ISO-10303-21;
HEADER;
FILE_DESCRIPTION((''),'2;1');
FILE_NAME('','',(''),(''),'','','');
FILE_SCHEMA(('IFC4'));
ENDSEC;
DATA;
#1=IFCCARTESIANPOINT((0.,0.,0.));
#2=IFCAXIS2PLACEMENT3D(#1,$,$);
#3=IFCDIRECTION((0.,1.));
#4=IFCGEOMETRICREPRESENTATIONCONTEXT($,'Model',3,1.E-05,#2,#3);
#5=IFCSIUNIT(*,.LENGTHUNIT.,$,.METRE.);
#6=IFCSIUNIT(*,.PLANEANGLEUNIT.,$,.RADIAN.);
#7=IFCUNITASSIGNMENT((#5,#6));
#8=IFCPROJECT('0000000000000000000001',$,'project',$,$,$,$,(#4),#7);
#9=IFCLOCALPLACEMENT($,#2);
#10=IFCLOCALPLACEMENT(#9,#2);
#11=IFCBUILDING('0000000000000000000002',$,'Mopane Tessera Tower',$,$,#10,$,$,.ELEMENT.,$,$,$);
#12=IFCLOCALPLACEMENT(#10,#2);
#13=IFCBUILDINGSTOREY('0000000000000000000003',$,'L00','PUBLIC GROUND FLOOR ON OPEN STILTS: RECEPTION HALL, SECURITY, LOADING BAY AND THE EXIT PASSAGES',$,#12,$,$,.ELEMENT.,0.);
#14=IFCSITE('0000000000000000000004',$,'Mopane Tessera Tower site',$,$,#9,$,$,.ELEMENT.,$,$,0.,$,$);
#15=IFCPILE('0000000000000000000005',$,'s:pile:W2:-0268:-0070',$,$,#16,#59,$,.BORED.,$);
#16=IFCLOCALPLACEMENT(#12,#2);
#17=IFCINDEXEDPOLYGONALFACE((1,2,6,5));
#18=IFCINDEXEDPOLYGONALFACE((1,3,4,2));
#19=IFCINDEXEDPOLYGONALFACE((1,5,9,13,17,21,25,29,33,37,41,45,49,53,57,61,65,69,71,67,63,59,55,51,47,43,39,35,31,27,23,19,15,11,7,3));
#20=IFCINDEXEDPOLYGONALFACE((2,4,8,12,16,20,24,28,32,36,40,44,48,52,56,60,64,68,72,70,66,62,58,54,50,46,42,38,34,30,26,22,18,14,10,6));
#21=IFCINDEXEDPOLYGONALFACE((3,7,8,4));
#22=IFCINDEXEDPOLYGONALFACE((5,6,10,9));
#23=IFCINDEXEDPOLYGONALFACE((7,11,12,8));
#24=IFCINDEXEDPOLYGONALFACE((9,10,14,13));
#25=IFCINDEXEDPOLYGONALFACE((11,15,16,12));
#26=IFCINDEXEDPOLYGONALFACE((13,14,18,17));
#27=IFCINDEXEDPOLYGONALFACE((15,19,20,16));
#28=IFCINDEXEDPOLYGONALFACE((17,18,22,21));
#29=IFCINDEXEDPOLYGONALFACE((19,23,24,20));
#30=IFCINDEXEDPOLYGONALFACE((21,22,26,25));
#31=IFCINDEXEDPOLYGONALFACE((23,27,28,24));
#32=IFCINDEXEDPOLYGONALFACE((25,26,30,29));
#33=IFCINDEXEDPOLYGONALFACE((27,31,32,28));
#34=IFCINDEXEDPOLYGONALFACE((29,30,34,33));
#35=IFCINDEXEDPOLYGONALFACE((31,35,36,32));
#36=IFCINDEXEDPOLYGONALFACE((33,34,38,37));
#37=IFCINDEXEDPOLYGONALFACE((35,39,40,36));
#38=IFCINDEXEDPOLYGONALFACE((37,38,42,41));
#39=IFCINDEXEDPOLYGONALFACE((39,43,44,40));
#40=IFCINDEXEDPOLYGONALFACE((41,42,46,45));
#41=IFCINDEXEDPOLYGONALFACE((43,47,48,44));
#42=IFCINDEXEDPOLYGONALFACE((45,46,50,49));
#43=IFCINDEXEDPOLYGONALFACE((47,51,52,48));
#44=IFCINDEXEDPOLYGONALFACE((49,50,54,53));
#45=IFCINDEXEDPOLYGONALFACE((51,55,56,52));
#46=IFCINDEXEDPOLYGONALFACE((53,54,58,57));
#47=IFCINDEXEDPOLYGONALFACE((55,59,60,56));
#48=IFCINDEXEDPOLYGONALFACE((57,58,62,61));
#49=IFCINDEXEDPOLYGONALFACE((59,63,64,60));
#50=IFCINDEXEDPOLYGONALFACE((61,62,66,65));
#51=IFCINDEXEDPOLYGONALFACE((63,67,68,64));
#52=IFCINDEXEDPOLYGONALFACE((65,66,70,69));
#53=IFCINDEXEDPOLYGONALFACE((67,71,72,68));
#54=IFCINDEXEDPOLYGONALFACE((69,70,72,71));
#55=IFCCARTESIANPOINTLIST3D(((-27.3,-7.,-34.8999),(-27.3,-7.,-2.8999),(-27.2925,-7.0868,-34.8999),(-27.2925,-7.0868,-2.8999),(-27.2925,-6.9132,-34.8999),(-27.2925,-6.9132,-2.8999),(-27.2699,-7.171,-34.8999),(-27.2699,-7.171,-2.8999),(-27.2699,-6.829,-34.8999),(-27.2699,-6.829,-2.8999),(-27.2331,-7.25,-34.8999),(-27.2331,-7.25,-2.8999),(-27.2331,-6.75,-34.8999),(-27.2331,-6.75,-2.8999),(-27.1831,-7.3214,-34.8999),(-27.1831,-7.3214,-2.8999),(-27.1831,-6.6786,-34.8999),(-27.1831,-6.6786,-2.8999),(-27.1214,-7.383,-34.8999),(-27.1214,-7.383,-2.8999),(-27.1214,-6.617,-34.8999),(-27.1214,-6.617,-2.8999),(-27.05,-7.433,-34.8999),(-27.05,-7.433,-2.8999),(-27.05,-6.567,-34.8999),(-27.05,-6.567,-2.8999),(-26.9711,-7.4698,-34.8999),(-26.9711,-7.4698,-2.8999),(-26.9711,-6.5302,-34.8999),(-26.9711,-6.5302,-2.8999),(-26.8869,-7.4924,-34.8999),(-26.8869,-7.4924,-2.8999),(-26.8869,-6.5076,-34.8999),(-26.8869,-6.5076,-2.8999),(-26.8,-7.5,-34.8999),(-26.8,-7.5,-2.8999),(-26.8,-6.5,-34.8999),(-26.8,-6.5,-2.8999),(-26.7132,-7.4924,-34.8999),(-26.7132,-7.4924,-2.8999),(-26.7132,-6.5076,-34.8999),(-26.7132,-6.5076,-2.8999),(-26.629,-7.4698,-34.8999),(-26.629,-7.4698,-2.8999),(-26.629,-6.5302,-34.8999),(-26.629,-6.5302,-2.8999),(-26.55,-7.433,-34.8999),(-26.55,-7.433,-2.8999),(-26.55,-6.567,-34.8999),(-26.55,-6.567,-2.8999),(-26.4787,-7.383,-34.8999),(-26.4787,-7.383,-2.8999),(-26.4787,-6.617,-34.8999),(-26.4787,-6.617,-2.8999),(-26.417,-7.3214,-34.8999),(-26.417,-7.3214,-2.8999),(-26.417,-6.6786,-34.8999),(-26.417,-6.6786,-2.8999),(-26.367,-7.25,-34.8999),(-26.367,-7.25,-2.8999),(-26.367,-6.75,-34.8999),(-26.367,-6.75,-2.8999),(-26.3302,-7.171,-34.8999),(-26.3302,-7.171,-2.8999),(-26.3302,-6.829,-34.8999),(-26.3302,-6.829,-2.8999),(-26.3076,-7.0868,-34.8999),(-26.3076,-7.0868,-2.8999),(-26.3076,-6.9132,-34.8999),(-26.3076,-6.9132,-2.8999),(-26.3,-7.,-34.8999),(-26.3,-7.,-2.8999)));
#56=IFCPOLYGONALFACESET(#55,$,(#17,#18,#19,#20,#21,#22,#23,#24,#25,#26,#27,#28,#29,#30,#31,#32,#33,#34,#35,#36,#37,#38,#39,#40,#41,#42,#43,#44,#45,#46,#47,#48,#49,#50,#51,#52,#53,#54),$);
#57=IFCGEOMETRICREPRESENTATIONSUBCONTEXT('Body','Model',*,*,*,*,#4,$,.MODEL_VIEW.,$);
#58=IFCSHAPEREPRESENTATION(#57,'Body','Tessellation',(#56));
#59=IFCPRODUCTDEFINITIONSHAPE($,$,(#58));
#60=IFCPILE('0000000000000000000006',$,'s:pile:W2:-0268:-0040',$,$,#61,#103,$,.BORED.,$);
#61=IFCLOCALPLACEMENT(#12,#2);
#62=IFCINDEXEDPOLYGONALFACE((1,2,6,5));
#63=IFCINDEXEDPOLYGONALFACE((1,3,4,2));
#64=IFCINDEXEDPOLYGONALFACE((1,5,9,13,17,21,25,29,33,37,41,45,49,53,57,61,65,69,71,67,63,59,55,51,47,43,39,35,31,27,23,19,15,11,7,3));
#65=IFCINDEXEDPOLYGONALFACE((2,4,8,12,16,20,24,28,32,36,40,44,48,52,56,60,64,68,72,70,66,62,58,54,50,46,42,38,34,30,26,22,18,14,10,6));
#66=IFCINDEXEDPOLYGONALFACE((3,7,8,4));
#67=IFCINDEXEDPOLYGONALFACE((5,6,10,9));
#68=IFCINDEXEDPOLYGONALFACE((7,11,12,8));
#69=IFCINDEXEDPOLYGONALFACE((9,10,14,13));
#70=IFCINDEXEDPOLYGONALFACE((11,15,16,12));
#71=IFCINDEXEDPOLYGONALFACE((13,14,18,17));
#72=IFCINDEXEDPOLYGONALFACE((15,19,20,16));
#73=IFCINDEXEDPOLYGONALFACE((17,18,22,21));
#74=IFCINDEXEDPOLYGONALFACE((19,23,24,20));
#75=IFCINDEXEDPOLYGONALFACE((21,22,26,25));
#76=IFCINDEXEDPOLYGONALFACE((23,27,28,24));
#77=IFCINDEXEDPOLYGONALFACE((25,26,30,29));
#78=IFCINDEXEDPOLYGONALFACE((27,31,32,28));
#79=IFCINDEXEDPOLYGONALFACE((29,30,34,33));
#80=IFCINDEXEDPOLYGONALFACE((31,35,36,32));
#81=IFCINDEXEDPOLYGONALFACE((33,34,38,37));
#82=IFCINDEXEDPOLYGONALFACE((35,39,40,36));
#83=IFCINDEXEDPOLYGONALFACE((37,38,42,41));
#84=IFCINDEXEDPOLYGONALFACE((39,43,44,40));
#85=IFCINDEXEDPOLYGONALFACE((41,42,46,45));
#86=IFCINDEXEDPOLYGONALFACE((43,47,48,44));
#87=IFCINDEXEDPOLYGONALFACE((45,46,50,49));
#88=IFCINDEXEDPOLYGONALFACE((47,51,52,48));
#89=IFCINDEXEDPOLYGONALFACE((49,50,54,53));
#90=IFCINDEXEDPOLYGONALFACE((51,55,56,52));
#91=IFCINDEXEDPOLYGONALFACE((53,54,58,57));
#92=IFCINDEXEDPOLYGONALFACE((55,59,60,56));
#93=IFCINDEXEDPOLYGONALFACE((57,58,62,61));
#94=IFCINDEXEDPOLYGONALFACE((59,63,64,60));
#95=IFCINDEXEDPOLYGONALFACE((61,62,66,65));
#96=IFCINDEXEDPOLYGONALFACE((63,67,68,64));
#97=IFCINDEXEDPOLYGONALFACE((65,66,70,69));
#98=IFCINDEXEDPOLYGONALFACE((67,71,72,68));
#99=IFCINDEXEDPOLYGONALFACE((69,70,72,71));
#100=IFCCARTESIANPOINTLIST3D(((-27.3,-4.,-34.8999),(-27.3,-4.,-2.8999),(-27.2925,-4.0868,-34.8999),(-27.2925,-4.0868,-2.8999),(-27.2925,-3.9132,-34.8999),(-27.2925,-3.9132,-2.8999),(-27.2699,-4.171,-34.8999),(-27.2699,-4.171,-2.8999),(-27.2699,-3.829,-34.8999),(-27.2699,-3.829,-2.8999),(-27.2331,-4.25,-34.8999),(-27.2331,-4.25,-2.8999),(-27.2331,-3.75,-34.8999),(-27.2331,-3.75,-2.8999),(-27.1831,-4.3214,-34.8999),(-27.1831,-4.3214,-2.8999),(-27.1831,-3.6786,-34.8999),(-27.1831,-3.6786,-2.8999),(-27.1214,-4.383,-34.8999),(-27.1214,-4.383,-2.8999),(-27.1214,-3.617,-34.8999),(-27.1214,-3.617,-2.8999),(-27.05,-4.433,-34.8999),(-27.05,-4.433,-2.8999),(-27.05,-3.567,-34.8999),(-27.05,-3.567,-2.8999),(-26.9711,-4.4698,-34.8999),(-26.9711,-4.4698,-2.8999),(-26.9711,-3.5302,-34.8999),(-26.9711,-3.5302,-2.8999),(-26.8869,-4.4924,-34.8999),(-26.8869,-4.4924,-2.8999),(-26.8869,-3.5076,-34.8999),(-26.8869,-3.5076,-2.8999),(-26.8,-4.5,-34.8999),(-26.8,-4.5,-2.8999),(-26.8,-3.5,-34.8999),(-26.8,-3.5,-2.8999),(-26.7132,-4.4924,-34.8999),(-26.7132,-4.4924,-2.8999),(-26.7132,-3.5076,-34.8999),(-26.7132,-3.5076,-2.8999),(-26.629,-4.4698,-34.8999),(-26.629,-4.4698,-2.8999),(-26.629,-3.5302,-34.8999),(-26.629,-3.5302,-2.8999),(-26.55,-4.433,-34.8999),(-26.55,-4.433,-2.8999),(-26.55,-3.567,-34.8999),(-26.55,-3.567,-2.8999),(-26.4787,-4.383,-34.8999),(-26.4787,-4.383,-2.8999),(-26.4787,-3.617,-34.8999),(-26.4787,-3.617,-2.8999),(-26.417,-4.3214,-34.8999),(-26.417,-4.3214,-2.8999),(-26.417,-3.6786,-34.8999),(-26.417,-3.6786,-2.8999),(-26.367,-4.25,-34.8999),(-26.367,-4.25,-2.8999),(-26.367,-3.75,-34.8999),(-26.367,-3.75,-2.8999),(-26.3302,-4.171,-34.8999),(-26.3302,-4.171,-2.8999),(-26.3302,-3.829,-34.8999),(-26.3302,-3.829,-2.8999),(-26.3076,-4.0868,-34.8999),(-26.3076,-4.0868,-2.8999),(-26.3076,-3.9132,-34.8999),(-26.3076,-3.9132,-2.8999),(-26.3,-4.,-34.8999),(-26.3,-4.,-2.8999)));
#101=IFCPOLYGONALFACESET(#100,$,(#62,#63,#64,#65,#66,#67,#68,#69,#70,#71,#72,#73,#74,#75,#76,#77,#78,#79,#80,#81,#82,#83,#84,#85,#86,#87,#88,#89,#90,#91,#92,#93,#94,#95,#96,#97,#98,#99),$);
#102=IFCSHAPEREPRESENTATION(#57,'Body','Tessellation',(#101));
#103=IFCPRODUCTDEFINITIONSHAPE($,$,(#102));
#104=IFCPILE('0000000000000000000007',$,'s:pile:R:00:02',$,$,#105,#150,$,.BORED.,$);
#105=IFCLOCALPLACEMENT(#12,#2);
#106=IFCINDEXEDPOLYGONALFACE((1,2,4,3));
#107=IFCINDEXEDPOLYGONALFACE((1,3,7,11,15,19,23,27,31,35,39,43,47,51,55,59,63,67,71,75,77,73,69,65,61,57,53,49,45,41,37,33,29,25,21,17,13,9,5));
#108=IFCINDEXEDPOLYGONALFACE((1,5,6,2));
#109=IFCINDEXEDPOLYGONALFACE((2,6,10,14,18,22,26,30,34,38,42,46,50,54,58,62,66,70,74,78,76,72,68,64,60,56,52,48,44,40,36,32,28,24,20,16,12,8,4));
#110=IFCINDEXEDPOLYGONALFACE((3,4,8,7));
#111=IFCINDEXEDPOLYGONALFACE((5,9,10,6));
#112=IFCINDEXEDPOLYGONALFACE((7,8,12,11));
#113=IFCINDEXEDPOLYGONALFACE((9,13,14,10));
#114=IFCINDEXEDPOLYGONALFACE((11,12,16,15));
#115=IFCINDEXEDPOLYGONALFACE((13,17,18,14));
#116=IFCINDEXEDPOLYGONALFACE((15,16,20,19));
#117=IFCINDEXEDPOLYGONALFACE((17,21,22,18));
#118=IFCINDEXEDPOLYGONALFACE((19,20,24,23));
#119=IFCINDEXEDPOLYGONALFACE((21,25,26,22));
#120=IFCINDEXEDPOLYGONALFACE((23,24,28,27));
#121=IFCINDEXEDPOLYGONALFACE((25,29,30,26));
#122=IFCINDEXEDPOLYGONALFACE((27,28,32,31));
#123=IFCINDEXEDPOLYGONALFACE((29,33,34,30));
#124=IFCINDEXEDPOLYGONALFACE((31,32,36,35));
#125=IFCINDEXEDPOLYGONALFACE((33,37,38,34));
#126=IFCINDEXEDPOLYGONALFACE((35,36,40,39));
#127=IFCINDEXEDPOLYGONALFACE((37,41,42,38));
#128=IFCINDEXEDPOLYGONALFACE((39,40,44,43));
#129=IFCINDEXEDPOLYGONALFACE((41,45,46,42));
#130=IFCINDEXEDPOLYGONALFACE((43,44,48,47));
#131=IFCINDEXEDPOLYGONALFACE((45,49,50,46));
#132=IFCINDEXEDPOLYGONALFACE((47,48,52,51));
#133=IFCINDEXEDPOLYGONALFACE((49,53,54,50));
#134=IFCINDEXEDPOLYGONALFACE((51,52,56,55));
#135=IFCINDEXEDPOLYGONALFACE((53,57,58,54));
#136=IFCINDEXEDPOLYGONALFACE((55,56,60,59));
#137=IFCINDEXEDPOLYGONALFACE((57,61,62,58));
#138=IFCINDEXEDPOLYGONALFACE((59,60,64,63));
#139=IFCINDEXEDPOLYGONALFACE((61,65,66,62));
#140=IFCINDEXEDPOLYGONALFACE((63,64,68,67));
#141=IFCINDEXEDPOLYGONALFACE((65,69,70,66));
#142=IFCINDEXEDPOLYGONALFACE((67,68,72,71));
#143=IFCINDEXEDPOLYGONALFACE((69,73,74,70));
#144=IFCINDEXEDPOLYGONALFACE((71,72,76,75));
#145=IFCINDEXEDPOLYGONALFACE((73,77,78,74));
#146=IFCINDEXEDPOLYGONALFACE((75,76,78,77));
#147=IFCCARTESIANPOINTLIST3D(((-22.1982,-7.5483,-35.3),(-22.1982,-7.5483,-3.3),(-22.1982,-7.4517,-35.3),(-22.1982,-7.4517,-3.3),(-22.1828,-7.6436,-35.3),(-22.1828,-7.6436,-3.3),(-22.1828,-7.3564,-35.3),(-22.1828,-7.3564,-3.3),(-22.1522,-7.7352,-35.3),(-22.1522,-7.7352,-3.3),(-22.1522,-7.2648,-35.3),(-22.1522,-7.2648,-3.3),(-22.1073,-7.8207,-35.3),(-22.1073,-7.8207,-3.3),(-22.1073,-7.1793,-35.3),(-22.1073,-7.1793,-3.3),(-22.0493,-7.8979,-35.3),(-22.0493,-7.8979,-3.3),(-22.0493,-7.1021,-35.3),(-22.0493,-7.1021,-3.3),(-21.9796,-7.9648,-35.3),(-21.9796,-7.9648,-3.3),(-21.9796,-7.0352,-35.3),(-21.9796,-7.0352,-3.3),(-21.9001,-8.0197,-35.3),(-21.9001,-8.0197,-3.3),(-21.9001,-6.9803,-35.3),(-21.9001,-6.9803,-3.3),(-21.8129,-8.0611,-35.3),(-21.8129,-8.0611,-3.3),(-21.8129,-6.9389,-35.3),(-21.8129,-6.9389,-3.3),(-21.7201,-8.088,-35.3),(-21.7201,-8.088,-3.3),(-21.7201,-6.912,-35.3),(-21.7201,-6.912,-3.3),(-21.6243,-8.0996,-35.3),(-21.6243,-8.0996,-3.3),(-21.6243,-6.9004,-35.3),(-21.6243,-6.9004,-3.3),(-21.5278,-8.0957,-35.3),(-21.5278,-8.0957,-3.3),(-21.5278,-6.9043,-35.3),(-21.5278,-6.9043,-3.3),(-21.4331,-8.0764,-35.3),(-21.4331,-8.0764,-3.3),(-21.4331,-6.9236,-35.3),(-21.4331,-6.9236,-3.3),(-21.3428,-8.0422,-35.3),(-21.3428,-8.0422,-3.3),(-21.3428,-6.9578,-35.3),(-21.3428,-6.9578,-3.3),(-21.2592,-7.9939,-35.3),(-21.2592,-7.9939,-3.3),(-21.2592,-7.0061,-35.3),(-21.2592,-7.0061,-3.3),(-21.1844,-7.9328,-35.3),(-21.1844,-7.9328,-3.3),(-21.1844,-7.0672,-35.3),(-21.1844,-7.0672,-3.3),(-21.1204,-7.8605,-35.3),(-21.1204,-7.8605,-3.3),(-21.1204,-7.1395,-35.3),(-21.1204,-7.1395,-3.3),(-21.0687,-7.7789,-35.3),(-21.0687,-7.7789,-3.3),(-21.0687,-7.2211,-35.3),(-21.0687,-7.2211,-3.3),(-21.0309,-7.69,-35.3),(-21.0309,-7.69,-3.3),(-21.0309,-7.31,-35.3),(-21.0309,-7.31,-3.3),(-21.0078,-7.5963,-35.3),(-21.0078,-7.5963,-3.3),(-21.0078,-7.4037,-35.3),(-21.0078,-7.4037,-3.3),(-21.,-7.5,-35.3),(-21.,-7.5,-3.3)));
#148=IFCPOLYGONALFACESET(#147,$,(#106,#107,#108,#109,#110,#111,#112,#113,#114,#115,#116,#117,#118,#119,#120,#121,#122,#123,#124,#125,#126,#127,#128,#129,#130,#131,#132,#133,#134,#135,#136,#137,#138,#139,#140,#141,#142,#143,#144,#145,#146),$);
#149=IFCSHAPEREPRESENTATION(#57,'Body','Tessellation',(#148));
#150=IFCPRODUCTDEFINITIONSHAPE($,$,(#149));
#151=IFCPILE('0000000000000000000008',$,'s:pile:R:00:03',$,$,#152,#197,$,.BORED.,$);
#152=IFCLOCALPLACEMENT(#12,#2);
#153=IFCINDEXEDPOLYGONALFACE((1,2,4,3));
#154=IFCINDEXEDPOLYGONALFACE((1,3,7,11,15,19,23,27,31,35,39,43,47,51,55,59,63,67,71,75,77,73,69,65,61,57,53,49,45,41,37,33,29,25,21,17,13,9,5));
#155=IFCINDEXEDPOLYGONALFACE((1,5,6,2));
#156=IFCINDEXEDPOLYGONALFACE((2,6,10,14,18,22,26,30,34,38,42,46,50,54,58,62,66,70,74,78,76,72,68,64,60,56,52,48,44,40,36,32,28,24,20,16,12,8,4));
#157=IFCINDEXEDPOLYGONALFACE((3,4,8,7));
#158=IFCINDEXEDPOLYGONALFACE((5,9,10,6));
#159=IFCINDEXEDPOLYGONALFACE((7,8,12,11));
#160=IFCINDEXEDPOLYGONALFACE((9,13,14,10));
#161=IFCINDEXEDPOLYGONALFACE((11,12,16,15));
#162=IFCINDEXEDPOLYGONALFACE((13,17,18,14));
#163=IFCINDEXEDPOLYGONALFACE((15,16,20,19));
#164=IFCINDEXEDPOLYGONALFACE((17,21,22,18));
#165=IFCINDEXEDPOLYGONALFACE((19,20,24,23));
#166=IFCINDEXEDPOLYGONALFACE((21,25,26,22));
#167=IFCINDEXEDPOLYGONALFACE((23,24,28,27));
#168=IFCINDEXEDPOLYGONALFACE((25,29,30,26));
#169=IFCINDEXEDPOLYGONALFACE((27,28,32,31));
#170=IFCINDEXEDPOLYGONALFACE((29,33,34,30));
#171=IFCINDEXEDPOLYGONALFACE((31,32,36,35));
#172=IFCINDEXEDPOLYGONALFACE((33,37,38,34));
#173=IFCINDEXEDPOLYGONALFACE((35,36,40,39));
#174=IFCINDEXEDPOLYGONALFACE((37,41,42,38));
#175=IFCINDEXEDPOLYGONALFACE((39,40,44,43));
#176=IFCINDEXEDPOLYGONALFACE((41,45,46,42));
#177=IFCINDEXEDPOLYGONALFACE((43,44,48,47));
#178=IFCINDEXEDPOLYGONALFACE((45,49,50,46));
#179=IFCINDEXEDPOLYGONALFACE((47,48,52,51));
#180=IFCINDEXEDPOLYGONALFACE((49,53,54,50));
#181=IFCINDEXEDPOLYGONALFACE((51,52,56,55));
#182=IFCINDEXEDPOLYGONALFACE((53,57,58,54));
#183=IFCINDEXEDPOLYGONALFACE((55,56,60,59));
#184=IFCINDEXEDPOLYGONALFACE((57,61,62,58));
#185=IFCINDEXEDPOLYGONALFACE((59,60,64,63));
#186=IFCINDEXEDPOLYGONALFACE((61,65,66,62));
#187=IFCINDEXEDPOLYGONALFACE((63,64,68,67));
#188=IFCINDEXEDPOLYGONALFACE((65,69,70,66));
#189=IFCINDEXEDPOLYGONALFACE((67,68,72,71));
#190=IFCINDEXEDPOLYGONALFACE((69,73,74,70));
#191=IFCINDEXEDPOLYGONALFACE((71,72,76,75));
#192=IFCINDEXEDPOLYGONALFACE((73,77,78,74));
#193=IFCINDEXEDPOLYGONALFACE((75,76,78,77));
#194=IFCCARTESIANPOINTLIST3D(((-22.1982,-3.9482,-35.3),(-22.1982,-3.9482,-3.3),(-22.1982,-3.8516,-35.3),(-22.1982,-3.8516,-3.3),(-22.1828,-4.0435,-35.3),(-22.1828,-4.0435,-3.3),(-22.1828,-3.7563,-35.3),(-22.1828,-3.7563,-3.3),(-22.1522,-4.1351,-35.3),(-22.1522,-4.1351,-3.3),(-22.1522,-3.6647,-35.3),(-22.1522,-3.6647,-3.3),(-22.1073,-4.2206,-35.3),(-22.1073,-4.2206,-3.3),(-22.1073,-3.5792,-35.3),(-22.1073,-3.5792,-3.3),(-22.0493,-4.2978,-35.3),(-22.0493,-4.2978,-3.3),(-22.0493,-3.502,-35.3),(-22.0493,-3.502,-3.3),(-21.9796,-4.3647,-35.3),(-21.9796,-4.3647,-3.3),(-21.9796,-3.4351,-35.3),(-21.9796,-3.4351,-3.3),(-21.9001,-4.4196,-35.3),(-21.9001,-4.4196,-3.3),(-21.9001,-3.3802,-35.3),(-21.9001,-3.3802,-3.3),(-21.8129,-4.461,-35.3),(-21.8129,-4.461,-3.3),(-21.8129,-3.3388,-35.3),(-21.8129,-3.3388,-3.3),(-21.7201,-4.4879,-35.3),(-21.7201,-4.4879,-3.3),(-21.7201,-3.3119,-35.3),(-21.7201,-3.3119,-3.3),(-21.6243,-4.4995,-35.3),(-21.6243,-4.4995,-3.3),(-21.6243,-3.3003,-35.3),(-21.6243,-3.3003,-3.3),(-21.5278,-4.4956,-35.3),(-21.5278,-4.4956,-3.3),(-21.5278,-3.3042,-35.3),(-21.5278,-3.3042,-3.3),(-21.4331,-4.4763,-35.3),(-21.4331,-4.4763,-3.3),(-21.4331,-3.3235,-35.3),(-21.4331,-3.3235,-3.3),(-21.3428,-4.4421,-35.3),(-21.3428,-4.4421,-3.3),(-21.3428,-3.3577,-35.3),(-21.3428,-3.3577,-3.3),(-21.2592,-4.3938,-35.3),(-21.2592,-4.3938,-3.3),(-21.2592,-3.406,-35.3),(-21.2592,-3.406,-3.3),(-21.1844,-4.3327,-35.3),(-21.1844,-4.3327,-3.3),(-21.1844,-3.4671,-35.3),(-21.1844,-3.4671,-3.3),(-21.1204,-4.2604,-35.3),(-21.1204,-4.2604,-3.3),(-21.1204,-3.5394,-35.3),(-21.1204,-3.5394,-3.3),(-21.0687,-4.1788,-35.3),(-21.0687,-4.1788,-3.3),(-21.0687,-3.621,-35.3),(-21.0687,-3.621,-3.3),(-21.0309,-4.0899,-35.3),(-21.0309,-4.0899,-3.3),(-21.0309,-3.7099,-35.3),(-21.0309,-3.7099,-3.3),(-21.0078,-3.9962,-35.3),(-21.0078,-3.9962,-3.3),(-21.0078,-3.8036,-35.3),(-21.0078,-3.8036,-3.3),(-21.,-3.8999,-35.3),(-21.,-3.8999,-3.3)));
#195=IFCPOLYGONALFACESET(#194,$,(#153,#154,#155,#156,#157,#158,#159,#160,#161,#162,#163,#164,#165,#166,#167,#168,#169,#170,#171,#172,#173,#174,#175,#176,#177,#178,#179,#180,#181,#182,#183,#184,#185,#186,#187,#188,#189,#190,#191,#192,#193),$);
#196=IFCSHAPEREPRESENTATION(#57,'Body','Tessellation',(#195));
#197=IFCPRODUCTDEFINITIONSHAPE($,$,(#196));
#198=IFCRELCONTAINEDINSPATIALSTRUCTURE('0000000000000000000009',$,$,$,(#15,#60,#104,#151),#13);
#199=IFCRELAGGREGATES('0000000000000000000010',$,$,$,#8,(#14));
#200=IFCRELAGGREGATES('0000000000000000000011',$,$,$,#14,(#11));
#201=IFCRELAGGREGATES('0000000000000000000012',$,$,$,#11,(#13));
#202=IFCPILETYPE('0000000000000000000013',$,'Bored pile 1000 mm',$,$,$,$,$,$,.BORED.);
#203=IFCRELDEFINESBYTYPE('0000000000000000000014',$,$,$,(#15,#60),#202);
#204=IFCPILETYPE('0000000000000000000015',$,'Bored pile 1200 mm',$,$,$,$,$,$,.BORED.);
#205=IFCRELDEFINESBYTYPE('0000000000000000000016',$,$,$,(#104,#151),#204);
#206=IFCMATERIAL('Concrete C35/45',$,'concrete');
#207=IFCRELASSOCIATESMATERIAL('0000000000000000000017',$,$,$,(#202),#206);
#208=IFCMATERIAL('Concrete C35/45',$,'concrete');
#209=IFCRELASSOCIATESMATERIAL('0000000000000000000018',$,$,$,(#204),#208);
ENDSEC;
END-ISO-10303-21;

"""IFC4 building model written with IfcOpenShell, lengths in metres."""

from ifc_helpers import new_model, si_unit, direction, frame, origin, origin_2d, place, context, subcontext, project, spatial, circle, extrude, material, material_profile, profile_set, type_object, element, save


model = new_model("IFC4")

# Units and contexts
model_context = context("Model", 3, precision=1e-05, world=origin(), true_north=direction((0.0, 1.0)))
body_context = subcontext(model_context, "Body", "Model", "MODEL_VIEW")
ifc_project = project(units=[si_unit("LENGTHUNIT", "METRE"), si_unit("PLANEANGLEUNIT", "RADIAN")], contexts=[model_context])

# Site, building, storey
site_placement = place(None, origin())
site = spatial("IfcSite", under=ifc_project, at=site_placement, Name="Mopane Tessera Tower site", CompositionType="ELEMENT", RefElevation=0.0)
building_placement = place(site_placement, origin())
building = spatial("IfcBuilding", under=site, at=building_placement, Name="Mopane Tessera Tower", CompositionType="ELEMENT")
storey_placement = place(building_placement, origin())
storey = spatial("IfcBuildingStorey", under=building, at=storey_placement, Name="L00", Description="PUBLIC GROUND FLOOR ON OPEN STILTS: RECEPTION HALL, SECURITY, LOADING BAY AND THE EXIT PASSAGES", CompositionType="ELEMENT", Elevation=0.0)

# Piles
ifc_material_1 = material(Name="Concrete C35/45", Category="concrete")
ifc_material_profile_1 = material_profile(ifc_material_1, circle(Radius=0.5, at=origin_2d()))
ifc_profile_set_1 = profile_set([ifc_material_profile_1], Name="Concrete C35/45")
pile_type_1 = type_object("IfcPileType", Name="Bored pile 1000 mm", PredefinedType="BORED", material=ifc_profile_set_1)
for number, where, z_axis, x_axis, name in (
    (1, (-26.8, -7.0, -2.8999), (0.0, 0.0, -1.0), (1.0, 0.0, 0.0), "s:pile:W2:-0268:-0070"),
    (2, (-26.8, -4.0, -2.8999), (0.0, 0.0, -1.0), (1.0, 0.0, 0.0), "s:pile:W2:-0268:-0040"),
):
    element("IfcPile", number, at=place(storey_placement, frame(where, z_axis=z_axis, x_axis=x_axis)), inside=storey, type_object=pile_type_1, Name=name, PredefinedType="BORED", context=body_context, shape_type="SweptSolid", body=[
        extrude(circle(Radius=0.5, at=origin_2d()), origin(), (0.0, 0.0, 1.0), 32.0),
    ])
ifc_material_2 = material(Name="Concrete C35/45", Category="concrete")
ifc_material_profile_2 = material_profile(ifc_material_2, circle(Radius=0.6001, at=origin_2d()))
ifc_profile_set_2 = profile_set([ifc_material_profile_2], Name="Concrete C35/45")
pile_type_2 = type_object("IfcPileType", Name="Bored pile 1200 mm", PredefinedType="BORED", material=ifc_profile_set_2)
for number, where, z_axis, x_axis, name in (
    (3, (-21.6001, -7.5, -3.3), (0.0, 0.0, -1.0), (1.0, 0.0, 0.0), "s:pile:R:00:02"),
    (4, (-21.6001, -3.8999, -3.3), (0.0, 0.0, -1.0), (1.0, 0.0, 0.0), "s:pile:R:00:03"),
):
    element("IfcPile", number, at=place(storey_placement, frame(where, z_axis=z_axis, x_axis=x_axis)), inside=storey, type_object=pile_type_2, Name=name, PredefinedType="BORED", context=body_context, shape_type="SweptSolid", body=[
        extrude(circle(Radius=0.6001, at=origin_2d()), origin(), (0.0, 0.0, 1.0), 32.0),
    ])

save(model, "model.ifc")
